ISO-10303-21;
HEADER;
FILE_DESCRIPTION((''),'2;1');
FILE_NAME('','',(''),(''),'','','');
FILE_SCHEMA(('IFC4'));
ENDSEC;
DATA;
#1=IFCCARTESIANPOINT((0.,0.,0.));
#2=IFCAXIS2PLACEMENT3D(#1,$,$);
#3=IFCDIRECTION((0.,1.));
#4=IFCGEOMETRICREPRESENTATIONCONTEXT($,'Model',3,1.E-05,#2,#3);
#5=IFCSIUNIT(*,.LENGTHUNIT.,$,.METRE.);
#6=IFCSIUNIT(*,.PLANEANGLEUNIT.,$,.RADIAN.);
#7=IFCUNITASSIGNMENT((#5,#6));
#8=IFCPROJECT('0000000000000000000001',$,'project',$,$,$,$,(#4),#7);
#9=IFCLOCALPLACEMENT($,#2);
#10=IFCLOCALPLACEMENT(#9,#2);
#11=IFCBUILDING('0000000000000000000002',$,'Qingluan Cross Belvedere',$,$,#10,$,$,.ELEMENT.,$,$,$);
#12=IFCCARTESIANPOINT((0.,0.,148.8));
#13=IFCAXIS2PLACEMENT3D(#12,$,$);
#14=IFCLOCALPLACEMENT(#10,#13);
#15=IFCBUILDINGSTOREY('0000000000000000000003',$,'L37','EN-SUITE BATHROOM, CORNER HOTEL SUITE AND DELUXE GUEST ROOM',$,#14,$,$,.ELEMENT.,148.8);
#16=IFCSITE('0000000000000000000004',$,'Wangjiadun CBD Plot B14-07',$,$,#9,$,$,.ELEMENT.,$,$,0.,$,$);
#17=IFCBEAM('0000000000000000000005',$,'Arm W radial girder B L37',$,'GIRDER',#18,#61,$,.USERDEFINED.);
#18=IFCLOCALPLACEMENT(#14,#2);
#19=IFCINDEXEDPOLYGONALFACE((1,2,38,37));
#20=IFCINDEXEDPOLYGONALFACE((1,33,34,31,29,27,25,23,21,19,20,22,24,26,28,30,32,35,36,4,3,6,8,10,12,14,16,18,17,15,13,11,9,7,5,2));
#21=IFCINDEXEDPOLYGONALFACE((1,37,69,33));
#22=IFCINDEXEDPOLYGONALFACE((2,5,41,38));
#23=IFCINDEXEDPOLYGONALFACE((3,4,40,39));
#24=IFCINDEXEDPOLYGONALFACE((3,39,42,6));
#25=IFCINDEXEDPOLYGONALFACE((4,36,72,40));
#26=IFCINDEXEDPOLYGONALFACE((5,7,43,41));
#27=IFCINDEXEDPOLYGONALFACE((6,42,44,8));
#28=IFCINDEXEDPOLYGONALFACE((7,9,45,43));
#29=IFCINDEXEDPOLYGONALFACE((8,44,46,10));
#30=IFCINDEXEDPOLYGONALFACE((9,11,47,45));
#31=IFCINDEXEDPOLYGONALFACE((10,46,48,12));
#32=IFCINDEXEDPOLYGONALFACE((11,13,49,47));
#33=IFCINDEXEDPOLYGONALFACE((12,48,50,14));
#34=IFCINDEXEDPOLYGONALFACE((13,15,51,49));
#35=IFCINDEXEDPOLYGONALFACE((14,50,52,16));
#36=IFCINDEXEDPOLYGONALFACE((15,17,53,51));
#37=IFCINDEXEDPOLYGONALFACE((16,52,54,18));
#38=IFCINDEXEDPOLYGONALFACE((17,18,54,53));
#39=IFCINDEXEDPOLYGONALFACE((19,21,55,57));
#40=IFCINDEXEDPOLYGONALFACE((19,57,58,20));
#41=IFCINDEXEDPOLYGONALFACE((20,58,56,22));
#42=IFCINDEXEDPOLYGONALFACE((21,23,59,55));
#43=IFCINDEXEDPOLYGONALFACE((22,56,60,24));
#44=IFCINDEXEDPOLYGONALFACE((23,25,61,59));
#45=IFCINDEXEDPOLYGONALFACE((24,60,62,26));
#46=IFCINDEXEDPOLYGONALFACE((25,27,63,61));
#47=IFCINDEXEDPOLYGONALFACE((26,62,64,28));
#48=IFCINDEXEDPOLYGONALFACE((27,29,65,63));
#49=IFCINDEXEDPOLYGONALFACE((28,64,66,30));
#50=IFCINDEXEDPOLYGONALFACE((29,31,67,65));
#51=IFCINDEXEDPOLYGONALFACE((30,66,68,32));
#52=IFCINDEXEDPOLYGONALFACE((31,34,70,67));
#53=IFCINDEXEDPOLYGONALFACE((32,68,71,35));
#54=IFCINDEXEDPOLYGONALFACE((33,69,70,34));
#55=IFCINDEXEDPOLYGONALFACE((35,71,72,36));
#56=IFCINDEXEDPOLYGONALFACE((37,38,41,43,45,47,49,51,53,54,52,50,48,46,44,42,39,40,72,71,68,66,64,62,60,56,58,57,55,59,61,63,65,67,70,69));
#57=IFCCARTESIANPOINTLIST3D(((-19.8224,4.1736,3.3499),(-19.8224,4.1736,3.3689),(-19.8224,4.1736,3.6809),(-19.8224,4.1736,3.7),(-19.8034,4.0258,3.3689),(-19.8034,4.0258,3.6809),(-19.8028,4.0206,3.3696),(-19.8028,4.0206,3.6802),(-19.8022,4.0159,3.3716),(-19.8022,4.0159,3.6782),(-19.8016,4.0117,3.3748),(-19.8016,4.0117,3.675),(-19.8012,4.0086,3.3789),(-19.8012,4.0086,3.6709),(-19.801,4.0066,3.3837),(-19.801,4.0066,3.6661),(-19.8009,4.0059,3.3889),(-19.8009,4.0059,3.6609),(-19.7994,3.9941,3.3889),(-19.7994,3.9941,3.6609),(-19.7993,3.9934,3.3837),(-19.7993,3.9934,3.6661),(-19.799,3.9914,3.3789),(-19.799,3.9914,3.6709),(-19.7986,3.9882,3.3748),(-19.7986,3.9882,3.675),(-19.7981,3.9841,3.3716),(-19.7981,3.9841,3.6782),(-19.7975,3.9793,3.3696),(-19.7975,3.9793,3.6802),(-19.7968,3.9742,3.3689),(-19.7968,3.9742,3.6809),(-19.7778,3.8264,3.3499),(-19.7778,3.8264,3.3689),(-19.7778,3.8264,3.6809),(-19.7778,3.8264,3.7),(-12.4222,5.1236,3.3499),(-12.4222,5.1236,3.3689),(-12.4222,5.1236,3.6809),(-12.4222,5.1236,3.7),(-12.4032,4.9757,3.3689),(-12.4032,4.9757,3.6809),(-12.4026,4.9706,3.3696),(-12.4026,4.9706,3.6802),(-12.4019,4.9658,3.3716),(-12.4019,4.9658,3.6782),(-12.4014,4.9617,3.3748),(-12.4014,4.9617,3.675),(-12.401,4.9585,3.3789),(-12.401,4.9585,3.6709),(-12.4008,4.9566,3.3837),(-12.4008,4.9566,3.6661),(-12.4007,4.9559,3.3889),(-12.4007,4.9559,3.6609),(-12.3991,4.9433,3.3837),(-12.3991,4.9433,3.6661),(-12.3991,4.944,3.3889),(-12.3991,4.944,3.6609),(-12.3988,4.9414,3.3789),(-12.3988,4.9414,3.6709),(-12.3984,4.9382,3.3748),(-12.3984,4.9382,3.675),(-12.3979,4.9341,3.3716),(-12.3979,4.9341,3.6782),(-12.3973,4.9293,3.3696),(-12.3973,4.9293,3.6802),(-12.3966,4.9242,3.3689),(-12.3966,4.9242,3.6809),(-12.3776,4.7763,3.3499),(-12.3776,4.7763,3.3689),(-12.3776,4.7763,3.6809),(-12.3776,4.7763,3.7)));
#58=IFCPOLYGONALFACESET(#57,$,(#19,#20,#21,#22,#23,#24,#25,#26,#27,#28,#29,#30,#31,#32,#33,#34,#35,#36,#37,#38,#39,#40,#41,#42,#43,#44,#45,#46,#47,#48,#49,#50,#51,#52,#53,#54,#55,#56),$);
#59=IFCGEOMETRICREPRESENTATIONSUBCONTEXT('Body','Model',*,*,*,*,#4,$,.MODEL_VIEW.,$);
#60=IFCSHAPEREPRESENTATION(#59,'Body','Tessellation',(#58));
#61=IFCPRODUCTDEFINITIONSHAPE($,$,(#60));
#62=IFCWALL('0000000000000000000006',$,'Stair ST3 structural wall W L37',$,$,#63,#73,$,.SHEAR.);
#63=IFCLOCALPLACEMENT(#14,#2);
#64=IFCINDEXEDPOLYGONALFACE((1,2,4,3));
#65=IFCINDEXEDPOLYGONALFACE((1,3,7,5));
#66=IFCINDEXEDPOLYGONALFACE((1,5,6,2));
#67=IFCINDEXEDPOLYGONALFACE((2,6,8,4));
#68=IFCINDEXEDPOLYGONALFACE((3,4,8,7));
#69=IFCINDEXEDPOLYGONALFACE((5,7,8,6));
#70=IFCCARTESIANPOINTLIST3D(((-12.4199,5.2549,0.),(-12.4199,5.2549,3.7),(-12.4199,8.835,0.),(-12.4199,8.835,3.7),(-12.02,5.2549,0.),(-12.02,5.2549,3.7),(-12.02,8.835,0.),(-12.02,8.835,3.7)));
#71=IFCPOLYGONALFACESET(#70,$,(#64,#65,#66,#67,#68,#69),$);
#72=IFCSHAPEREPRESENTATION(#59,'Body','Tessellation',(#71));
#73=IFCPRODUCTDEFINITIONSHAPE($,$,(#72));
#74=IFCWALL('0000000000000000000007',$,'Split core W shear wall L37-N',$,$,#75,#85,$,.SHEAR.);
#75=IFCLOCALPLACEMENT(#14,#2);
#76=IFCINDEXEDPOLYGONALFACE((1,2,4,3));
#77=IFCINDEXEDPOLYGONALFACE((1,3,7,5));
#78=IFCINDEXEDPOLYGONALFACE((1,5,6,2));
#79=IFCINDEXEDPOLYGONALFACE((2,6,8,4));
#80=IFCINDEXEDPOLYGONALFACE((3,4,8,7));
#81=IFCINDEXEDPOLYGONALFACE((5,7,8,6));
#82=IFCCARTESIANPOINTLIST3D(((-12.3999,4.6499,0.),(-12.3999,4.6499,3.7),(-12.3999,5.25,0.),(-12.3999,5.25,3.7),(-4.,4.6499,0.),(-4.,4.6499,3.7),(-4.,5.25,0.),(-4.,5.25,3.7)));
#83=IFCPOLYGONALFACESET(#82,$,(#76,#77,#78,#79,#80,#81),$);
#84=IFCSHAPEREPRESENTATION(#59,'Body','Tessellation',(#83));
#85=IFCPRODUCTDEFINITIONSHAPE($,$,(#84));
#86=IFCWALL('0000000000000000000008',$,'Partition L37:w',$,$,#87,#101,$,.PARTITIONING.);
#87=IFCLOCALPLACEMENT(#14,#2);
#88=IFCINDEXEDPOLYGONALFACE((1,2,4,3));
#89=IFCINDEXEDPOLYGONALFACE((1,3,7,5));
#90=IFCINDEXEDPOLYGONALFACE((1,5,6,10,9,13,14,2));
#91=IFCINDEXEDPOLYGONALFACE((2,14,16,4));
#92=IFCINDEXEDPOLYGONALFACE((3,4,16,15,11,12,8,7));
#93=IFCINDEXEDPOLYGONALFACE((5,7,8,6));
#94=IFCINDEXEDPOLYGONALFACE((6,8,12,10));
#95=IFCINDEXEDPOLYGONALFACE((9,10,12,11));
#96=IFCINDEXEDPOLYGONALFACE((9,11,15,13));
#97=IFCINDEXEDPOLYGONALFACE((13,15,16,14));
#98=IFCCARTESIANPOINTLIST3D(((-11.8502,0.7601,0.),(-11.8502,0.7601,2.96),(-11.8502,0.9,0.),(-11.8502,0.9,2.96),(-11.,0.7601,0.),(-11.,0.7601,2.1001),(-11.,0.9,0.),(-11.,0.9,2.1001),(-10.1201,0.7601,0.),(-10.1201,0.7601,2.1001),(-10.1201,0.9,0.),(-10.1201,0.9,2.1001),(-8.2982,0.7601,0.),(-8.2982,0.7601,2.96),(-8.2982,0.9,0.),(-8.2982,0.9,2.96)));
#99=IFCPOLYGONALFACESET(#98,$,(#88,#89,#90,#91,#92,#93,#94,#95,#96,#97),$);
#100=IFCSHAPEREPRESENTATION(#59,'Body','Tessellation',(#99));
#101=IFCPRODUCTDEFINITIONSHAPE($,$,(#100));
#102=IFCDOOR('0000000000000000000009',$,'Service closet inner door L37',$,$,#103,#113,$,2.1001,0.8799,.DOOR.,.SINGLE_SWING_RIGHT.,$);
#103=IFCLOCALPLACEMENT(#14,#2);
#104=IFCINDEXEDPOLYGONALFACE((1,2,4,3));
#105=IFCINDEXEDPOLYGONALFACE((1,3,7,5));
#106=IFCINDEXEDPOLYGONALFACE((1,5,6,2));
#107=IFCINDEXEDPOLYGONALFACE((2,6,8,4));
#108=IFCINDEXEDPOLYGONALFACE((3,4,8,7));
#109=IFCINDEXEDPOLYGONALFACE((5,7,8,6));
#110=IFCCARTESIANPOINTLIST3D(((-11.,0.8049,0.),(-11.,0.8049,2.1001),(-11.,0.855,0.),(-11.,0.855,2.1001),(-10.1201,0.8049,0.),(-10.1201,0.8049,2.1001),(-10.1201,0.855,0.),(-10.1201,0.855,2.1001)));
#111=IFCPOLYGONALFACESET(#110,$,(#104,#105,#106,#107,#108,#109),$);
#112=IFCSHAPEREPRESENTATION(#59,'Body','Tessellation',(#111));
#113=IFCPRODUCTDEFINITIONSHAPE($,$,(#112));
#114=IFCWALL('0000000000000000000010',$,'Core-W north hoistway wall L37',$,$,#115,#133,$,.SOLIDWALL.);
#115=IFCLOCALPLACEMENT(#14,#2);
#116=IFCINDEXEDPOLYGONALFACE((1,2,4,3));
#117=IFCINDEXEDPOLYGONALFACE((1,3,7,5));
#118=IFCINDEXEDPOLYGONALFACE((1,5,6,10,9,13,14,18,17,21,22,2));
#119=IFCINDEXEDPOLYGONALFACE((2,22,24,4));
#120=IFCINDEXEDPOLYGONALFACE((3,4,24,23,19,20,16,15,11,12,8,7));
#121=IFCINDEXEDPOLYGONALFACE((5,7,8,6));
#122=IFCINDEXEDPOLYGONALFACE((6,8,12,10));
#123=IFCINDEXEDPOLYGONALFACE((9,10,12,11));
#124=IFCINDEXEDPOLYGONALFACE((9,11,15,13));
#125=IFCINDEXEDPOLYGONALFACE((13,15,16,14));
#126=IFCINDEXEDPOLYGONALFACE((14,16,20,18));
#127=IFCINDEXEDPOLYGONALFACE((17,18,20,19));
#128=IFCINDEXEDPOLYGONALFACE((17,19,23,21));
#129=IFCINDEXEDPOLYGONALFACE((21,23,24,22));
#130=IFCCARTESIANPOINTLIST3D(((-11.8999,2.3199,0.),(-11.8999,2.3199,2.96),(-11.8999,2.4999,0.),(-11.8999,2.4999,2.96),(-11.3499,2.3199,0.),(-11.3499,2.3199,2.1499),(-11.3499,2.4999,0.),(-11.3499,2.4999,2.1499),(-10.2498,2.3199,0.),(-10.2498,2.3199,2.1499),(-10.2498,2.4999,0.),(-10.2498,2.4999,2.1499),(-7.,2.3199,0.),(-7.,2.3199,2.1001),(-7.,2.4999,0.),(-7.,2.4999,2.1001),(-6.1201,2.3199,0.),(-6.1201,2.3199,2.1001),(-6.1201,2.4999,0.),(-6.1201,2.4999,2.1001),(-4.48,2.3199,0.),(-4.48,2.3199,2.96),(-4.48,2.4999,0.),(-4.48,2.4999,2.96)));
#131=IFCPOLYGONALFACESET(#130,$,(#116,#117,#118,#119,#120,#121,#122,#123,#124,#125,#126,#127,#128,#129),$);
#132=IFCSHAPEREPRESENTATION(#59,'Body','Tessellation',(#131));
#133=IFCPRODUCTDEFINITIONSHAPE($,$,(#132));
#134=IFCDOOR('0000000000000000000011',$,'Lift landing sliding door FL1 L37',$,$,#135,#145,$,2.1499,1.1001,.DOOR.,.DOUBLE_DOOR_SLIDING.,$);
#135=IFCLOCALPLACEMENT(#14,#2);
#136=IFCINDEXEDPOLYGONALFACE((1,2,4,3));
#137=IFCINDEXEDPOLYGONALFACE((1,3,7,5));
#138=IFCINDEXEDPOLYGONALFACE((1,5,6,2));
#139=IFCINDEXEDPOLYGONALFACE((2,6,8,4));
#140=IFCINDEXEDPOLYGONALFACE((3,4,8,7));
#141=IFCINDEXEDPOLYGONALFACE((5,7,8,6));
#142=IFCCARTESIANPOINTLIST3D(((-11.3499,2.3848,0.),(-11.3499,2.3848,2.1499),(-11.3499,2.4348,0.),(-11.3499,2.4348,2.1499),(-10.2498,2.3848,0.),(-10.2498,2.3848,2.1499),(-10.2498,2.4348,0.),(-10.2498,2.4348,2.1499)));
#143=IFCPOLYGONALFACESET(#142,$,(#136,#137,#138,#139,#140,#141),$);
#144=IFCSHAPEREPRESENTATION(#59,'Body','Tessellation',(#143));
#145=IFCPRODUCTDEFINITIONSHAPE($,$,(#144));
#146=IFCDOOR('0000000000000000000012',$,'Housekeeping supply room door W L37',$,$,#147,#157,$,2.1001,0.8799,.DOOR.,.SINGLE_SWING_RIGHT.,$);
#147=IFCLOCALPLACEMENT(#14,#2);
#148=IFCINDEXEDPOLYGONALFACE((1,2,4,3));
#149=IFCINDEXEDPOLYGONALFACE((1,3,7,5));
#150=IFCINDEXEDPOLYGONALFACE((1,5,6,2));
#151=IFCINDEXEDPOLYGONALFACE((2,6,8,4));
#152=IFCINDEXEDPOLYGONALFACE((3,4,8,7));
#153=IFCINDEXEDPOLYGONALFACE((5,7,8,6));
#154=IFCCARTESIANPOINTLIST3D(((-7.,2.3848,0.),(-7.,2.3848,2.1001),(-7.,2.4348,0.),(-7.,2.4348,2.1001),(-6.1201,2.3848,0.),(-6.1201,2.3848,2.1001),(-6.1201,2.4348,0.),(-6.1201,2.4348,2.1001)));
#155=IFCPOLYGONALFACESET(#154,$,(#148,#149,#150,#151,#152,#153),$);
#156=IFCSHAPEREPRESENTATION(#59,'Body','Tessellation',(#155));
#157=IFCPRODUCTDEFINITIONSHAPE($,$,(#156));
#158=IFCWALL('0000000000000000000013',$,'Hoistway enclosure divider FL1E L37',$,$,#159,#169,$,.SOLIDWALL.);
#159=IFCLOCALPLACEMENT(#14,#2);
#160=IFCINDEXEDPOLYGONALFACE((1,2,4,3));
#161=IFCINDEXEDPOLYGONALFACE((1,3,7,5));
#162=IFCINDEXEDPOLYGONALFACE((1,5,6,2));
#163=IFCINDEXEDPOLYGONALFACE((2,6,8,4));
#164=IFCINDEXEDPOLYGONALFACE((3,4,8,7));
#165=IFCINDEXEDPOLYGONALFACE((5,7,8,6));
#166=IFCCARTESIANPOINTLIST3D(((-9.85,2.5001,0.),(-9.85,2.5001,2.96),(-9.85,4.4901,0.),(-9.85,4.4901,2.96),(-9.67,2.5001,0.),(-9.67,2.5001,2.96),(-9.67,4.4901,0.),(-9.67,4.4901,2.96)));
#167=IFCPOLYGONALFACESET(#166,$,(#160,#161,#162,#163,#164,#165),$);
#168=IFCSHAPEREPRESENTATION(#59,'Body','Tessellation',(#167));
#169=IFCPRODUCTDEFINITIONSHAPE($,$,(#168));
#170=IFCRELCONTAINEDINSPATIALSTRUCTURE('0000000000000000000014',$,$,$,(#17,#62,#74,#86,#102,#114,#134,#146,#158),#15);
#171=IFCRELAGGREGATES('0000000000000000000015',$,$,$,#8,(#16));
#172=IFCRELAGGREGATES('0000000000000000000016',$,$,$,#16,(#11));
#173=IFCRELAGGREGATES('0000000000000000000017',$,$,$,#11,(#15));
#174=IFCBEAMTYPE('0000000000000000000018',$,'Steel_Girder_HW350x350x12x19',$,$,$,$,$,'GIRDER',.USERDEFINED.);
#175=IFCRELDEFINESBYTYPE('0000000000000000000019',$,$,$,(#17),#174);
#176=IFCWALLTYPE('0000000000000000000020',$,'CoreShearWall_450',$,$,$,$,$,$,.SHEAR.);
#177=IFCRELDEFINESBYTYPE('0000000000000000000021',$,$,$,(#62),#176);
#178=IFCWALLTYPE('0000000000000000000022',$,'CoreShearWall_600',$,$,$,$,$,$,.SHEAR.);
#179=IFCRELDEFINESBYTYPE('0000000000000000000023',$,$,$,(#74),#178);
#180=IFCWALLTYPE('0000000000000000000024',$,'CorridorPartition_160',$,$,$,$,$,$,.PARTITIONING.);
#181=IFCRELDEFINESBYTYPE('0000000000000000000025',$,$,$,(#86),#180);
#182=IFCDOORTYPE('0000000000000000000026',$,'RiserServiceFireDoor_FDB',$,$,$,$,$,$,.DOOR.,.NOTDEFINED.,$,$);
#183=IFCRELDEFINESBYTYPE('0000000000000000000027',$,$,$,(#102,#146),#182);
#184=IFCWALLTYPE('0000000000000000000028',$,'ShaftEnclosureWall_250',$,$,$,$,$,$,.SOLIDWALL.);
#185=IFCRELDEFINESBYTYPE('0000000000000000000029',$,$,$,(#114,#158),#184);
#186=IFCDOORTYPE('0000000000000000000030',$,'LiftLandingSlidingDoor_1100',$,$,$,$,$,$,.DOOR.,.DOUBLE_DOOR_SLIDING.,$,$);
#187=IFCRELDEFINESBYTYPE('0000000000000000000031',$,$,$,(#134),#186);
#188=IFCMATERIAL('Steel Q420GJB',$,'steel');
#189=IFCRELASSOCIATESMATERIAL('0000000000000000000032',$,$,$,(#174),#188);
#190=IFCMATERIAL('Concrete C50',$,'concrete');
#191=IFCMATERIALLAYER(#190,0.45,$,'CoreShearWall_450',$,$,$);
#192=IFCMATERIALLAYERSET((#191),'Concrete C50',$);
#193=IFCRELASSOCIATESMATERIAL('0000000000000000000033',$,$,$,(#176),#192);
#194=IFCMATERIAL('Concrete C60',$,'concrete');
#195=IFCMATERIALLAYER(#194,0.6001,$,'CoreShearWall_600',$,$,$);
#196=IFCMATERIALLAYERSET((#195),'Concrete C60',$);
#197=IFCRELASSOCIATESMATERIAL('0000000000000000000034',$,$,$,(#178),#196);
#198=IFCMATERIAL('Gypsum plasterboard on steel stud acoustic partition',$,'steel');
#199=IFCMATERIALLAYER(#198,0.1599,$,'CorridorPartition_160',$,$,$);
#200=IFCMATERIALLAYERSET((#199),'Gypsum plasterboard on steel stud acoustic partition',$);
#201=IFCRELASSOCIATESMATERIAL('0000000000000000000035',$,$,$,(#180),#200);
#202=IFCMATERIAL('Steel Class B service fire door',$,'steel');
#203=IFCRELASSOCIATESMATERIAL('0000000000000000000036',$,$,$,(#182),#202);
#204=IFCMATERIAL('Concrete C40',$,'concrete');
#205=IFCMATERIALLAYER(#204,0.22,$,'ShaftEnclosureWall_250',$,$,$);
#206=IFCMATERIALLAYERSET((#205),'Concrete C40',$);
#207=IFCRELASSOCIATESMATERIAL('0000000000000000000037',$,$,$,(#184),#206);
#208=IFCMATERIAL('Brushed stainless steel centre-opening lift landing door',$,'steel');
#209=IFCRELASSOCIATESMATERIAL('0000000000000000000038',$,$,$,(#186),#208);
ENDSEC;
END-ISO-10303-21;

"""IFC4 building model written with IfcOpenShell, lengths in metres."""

from ifc_helpers import new_model, si_unit, direction, frame, frame_2d, origin, origin_2d, place, context, subcontext, project, spatial, rectangle, i_section, extrude, material, layer, layer_set, material_profile, profile_set, type_object, element, fill, save


model = new_model("IFC4")

# Units and contexts
model_context = context("Model", 3, precision=1e-05, world=origin(), true_north=direction((0.0, 1.0)))
body_context = subcontext(model_context, "Body", "Model", "MODEL_VIEW")
ifc_project = project(units=[si_unit("LENGTHUNIT", "METRE"), si_unit("PLANEANGLEUNIT", "RADIAN")], contexts=[model_context])

# Site, building, storey
site_placement = place(None, origin())
site = spatial("IfcSite", under=ifc_project, at=site_placement, Name="Wangjiadun CBD Plot B14-07", CompositionType="ELEMENT", RefElevation=0.0)
building_placement = place(site_placement, origin())
building = spatial("IfcBuilding", under=site, at=building_placement, Name="Qingluan Cross Belvedere", CompositionType="ELEMENT")
storey_placement = place(building_placement, frame((0.0, 0.0, 148.8)))
storey = spatial("IfcBuildingStorey", under=building, at=storey_placement, Name="L37", Description="EN-SUITE BATHROOM, CORNER HOTEL SUITE AND DELUXE GUEST ROOM", CompositionType="ELEMENT", Elevation=148.8)

# Beam
ifc_material_1 = material(Name="Steel Q420GJB", Category="steel")
ifc_material_profile_1 = material_profile(ifc_material_1, i_section(OverallWidth=0.3501, OverallDepth=0.3501, WebThickness=0.012, FlangeThickness=0.019, FilletRadius=0.02, at=origin_2d()), Name="HW350x350x12x19")
ifc_profile_set_1 = profile_set([ifc_material_profile_1], Name="Steel Q420GJB")
beam_type_1 = type_object("IfcBeamType", Name="Steel_Girder_HW350x350x12x19", ElementType="GIRDER", PredefinedType="USERDEFINED", material=ifc_profile_set_1)
beam_1_placement = place(storey_placement, frame((-12.3999, 4.95, 3.5249), z_axis=(-0.991861, -0.127324, 0.0), x_axis=(0.127324, -0.991861, 0.0)))
element("IfcBeam", 1, at=beam_1_placement, inside=storey, type_object=beam_type_1, Name="Arm W radial girder B L37", ObjectType="GIRDER", PredefinedType="USERDEFINED", context=body_context, shape_type="SweptSolid", body=[
    extrude(i_section(OverallWidth=0.3501, OverallDepth=0.3501, WebThickness=0.012, FlangeThickness=0.019, FilletRadius=0.02, at=origin_2d()), origin(), (0.0, 0.0, 1.0), 7.4609),
])

# Wall
ifc_material_2 = material(Name="Concrete C50", Category="concrete")
ifc_layer_1 = layer(ifc_material_2, 0.45, Name="CoreShearWall_450")
ifc_layer_set_1 = layer_set([ifc_layer_1], Name="Concrete C50")
wall_type_1 = type_object("IfcWallType", Name="CoreShearWall_450", PredefinedType="SHEAR", material=ifc_layer_set_1)
wall_1_placement = place(storey_placement, frame((-12.22, 5.2549, 0.0), z_axis=(0.0, 0.0, 1.0), x_axis=(0.0, 1.0, 0.0)))
element("IfcWall", 2, at=wall_1_placement, inside=storey, type_object=wall_type_1, Name="Stair ST3 structural wall W L37", PredefinedType="SHEAR", context=body_context, shape_type="SweptSolid", body=[
    extrude(rectangle(XDim=3.5801, YDim=0.3999, at=frame_2d((1.79, 0.0))), origin(), (0.0, 0.0, 1.0), 3.7),
])

# Wall
ifc_material_3 = material(Name="Concrete C60", Category="concrete")
ifc_layer_2 = layer(ifc_material_3, 0.6001, Name="CoreShearWall_600")
ifc_layer_set_2 = layer_set([ifc_layer_2], Name="Concrete C60")
wall_type_2 = type_object("IfcWallType", Name="CoreShearWall_600", PredefinedType="SHEAR", material=ifc_layer_set_2)
wall_2_placement = place(storey_placement, frame((-12.3999, 4.95, 0.0), z_axis=(0.0, 0.0, 1.0), x_axis=(1.0, 0.0, 0.0)))
element("IfcWall", 3, at=wall_2_placement, inside=storey, type_object=wall_type_2, Name="Split core W shear wall L37-N", PredefinedType="SHEAR", context=body_context, shape_type="SweptSolid", body=[
    extrude(rectangle(XDim=8.3999, YDim=0.6001, at=frame_2d((4.2, 0.0))), origin(), (0.0, 0.0, 1.0), 3.7),
])

# Wall, opening, door
ifc_material_4 = material(Name="Gypsum plasterboard on steel stud acoustic partition", Category="steel")
ifc_layer_3 = layer(ifc_material_4, 0.1599, Name="CorridorPartition_160")
ifc_layer_set_3 = layer_set([ifc_layer_3], Name="Gypsum plasterboard on steel stud acoustic partition")
wall_type_3 = type_object("IfcWallType", Name="CorridorPartition_160", PredefinedType="PARTITIONING", material=ifc_layer_set_3)
wall_3_placement = place(storey_placement, frame((-11.8501, 0.8301, 0.0), z_axis=(0.0, 0.0, 1.0), x_axis=(1.0, 0.0, 0.0)))
wall_3 = element("IfcWall", 4, at=wall_3_placement, inside=storey, type_object=wall_type_3, Name="Partition L37:w", PredefinedType="PARTITIONING", context=body_context, shape_type="SweptSolid", body=[
    extrude(rectangle(XDim=3.552, YDim=0.1399, at=frame_2d((1.7759, 0.0))), origin(), (0.0, 0.0, 1.0), 2.96),
])
opening_1_placement = place(wall_3_placement, frame((0.8501, 0.0, 0.0)))
opening_1 = element("IfcOpeningElement", 5, at=opening_1_placement, cuts=wall_3, PredefinedType="OPENING", context=body_context, shape_type="SweptSolid", body=[
    extrude(rectangle(XDim=0.8799, YDim=2.1001, at=frame_2d((0.4399, 1.05))), frame((0.0, 0.0798, 0.0), z_axis=(0.0, -1.0, 0.0), x_axis=(1.0, 0.0, 0.0)), (0.0, 0.0, 1.0), 0.1599),
])
ifc_material_5 = material(Name="Steel Class B service fire door", Category="steel")
door_type_1 = type_object("IfcDoorType", Name="RiserServiceFireDoor_FDB", OperationType="NOTDEFINED", PredefinedType="DOOR", material=ifc_material_5)
door_1_placement = place(opening_1_placement, origin())
door_1 = element("IfcDoor", 6, at=door_1_placement, inside=storey, type_object=door_type_1, Name="Service closet inner door L37", OperationType="SINGLE_SWING_RIGHT", OverallHeight=2.1001, OverallWidth=0.8799, PredefinedType="DOOR", context=body_context, shape_type="SweptSolid", body=[
    extrude(rectangle(XDim=0.8799, YDim=2.1001, at=frame_2d((0.4399, 1.05))), frame((0.0, 0.0249, 0.0), z_axis=(0.0, -1.0, 0.0), x_axis=(1.0, 0.0, 0.0)), (0.0, 0.0, 1.0), 0.05),
])
fill(opening_1, door_1)

# Wall, openings, doors
ifc_material_6 = material(Name="Concrete C40", Category="concrete")
ifc_layer_4 = layer(ifc_material_6, 0.22, Name="ShaftEnclosureWall_250")
ifc_layer_set_4 = layer_set([ifc_layer_4], Name="Concrete C40")
wall_type_4 = type_object("IfcWallType", Name="ShaftEnclosureWall_250", PredefinedType="SOLIDWALL", material=ifc_layer_set_4)
wall_4_placement = place(storey_placement, frame((-11.8999, 2.4099, 0.0), z_axis=(0.0, 0.0, 1.0), x_axis=(1.0, 0.0, 0.0)))
wall_4 = element("IfcWall", 7, at=wall_4_placement, inside=storey, type_object=wall_type_4, Name="Core-W north hoistway wall L37", PredefinedType="SOLIDWALL", context=body_context, shape_type="SweptSolid", body=[
    extrude(rectangle(XDim=7.4199, YDim=0.1799, at=frame_2d((3.71, 0.0))), origin(), (0.0, 0.0, 1.0), 2.96),
])
opening_2_placement = place(wall_4_placement, frame((0.55, 0.0, 0.0)))
opening_2 = element("IfcOpeningElement", 8, at=opening_2_placement, cuts=wall_4, PredefinedType="OPENING", context=body_context, shape_type="SweptSolid", body=[
    extrude(rectangle(XDim=1.1001, YDim=2.1499, at=frame_2d((0.55, 1.075))), frame((0.0, 0.0999, 0.0), z_axis=(0.0, -1.0, 0.0), x_axis=(1.0, 0.0, 0.0)), (0.0, 0.0, 1.0), 0.2),
])
opening_3_placement = place(wall_4_placement, frame((4.8999, 0.0, 0.0)))
opening_3 = element("IfcOpeningElement", 9, at=opening_3_placement, cuts=wall_4, PredefinedType="OPENING", context=body_context, shape_type="SweptSolid", body=[
    extrude(rectangle(XDim=0.8799, YDim=2.1001, at=frame_2d((0.4399, 1.05))), frame((0.0, 0.0999, 0.0), z_axis=(0.0, -1.0, 0.0), x_axis=(1.0, 0.0, 0.0)), (0.0, 0.0, 1.0), 0.2),
])
ifc_material_7 = material(Name="Brushed stainless steel centre-opening lift landing door", Category="steel")
door_type_2 = type_object("IfcDoorType", Name="LiftLandingSlidingDoor_1100", OperationType="DOUBLE_DOOR_SLIDING", PredefinedType="DOOR", material=ifc_material_7)
door_2_placement = place(opening_2_placement, origin())
door_2 = element("IfcDoor", 10, at=door_2_placement, inside=storey, type_object=door_type_2, Name="Lift landing sliding door FL1 L37", OperationType="DOUBLE_DOOR_SLIDING", OverallHeight=2.1499, OverallWidth=1.1001, PredefinedType="DOOR", context=body_context, shape_type="SweptSolid", body=[
    extrude(rectangle(XDim=1.1001, YDim=2.1499, at=frame_2d((0.55, 1.075))), frame((0.0, 0.0249, 0.0), z_axis=(0.0, -1.0, 0.0), x_axis=(1.0, 0.0, 0.0)), (0.0, 0.0, 1.0), 0.05),
])
fill(opening_2, door_2)
door_3_placement = place(opening_3_placement, origin())
door_3 = element("IfcDoor", 11, at=door_3_placement, inside=storey, type_object=door_type_1, Name="Housekeeping supply room door W L37", OperationType="SINGLE_SWING_RIGHT", OverallHeight=2.1001, OverallWidth=0.8799, PredefinedType="DOOR", context=body_context, shape_type="SweptSolid", body=[
    extrude(rectangle(XDim=0.8799, YDim=2.1001, at=frame_2d((0.4399, 1.05))), frame((0.0, 0.0249, 0.0), z_axis=(0.0, -1.0, 0.0), x_axis=(1.0, 0.0, 0.0)), (0.0, 0.0, 1.0), 0.05),
])
fill(opening_3, door_3)

# Wall
wall_5_placement = place(storey_placement, frame((-9.76, 2.5, 0.0), z_axis=(0.0, 0.0, 1.0), x_axis=(0.0, 1.0, 0.0)))
element("IfcWall", 12, at=wall_5_placement, inside=storey, type_object=wall_type_4, Name="Hoistway enclosure divider FL1E L37", PredefinedType="SOLIDWALL", context=body_context, shape_type="SweptSolid", body=[
    extrude(rectangle(XDim=1.99, YDim=0.1799, at=frame_2d((0.9951, 0.0))), origin(), (0.0, 0.0, 1.0), 2.96),
])

save(model, "model.ifc")
